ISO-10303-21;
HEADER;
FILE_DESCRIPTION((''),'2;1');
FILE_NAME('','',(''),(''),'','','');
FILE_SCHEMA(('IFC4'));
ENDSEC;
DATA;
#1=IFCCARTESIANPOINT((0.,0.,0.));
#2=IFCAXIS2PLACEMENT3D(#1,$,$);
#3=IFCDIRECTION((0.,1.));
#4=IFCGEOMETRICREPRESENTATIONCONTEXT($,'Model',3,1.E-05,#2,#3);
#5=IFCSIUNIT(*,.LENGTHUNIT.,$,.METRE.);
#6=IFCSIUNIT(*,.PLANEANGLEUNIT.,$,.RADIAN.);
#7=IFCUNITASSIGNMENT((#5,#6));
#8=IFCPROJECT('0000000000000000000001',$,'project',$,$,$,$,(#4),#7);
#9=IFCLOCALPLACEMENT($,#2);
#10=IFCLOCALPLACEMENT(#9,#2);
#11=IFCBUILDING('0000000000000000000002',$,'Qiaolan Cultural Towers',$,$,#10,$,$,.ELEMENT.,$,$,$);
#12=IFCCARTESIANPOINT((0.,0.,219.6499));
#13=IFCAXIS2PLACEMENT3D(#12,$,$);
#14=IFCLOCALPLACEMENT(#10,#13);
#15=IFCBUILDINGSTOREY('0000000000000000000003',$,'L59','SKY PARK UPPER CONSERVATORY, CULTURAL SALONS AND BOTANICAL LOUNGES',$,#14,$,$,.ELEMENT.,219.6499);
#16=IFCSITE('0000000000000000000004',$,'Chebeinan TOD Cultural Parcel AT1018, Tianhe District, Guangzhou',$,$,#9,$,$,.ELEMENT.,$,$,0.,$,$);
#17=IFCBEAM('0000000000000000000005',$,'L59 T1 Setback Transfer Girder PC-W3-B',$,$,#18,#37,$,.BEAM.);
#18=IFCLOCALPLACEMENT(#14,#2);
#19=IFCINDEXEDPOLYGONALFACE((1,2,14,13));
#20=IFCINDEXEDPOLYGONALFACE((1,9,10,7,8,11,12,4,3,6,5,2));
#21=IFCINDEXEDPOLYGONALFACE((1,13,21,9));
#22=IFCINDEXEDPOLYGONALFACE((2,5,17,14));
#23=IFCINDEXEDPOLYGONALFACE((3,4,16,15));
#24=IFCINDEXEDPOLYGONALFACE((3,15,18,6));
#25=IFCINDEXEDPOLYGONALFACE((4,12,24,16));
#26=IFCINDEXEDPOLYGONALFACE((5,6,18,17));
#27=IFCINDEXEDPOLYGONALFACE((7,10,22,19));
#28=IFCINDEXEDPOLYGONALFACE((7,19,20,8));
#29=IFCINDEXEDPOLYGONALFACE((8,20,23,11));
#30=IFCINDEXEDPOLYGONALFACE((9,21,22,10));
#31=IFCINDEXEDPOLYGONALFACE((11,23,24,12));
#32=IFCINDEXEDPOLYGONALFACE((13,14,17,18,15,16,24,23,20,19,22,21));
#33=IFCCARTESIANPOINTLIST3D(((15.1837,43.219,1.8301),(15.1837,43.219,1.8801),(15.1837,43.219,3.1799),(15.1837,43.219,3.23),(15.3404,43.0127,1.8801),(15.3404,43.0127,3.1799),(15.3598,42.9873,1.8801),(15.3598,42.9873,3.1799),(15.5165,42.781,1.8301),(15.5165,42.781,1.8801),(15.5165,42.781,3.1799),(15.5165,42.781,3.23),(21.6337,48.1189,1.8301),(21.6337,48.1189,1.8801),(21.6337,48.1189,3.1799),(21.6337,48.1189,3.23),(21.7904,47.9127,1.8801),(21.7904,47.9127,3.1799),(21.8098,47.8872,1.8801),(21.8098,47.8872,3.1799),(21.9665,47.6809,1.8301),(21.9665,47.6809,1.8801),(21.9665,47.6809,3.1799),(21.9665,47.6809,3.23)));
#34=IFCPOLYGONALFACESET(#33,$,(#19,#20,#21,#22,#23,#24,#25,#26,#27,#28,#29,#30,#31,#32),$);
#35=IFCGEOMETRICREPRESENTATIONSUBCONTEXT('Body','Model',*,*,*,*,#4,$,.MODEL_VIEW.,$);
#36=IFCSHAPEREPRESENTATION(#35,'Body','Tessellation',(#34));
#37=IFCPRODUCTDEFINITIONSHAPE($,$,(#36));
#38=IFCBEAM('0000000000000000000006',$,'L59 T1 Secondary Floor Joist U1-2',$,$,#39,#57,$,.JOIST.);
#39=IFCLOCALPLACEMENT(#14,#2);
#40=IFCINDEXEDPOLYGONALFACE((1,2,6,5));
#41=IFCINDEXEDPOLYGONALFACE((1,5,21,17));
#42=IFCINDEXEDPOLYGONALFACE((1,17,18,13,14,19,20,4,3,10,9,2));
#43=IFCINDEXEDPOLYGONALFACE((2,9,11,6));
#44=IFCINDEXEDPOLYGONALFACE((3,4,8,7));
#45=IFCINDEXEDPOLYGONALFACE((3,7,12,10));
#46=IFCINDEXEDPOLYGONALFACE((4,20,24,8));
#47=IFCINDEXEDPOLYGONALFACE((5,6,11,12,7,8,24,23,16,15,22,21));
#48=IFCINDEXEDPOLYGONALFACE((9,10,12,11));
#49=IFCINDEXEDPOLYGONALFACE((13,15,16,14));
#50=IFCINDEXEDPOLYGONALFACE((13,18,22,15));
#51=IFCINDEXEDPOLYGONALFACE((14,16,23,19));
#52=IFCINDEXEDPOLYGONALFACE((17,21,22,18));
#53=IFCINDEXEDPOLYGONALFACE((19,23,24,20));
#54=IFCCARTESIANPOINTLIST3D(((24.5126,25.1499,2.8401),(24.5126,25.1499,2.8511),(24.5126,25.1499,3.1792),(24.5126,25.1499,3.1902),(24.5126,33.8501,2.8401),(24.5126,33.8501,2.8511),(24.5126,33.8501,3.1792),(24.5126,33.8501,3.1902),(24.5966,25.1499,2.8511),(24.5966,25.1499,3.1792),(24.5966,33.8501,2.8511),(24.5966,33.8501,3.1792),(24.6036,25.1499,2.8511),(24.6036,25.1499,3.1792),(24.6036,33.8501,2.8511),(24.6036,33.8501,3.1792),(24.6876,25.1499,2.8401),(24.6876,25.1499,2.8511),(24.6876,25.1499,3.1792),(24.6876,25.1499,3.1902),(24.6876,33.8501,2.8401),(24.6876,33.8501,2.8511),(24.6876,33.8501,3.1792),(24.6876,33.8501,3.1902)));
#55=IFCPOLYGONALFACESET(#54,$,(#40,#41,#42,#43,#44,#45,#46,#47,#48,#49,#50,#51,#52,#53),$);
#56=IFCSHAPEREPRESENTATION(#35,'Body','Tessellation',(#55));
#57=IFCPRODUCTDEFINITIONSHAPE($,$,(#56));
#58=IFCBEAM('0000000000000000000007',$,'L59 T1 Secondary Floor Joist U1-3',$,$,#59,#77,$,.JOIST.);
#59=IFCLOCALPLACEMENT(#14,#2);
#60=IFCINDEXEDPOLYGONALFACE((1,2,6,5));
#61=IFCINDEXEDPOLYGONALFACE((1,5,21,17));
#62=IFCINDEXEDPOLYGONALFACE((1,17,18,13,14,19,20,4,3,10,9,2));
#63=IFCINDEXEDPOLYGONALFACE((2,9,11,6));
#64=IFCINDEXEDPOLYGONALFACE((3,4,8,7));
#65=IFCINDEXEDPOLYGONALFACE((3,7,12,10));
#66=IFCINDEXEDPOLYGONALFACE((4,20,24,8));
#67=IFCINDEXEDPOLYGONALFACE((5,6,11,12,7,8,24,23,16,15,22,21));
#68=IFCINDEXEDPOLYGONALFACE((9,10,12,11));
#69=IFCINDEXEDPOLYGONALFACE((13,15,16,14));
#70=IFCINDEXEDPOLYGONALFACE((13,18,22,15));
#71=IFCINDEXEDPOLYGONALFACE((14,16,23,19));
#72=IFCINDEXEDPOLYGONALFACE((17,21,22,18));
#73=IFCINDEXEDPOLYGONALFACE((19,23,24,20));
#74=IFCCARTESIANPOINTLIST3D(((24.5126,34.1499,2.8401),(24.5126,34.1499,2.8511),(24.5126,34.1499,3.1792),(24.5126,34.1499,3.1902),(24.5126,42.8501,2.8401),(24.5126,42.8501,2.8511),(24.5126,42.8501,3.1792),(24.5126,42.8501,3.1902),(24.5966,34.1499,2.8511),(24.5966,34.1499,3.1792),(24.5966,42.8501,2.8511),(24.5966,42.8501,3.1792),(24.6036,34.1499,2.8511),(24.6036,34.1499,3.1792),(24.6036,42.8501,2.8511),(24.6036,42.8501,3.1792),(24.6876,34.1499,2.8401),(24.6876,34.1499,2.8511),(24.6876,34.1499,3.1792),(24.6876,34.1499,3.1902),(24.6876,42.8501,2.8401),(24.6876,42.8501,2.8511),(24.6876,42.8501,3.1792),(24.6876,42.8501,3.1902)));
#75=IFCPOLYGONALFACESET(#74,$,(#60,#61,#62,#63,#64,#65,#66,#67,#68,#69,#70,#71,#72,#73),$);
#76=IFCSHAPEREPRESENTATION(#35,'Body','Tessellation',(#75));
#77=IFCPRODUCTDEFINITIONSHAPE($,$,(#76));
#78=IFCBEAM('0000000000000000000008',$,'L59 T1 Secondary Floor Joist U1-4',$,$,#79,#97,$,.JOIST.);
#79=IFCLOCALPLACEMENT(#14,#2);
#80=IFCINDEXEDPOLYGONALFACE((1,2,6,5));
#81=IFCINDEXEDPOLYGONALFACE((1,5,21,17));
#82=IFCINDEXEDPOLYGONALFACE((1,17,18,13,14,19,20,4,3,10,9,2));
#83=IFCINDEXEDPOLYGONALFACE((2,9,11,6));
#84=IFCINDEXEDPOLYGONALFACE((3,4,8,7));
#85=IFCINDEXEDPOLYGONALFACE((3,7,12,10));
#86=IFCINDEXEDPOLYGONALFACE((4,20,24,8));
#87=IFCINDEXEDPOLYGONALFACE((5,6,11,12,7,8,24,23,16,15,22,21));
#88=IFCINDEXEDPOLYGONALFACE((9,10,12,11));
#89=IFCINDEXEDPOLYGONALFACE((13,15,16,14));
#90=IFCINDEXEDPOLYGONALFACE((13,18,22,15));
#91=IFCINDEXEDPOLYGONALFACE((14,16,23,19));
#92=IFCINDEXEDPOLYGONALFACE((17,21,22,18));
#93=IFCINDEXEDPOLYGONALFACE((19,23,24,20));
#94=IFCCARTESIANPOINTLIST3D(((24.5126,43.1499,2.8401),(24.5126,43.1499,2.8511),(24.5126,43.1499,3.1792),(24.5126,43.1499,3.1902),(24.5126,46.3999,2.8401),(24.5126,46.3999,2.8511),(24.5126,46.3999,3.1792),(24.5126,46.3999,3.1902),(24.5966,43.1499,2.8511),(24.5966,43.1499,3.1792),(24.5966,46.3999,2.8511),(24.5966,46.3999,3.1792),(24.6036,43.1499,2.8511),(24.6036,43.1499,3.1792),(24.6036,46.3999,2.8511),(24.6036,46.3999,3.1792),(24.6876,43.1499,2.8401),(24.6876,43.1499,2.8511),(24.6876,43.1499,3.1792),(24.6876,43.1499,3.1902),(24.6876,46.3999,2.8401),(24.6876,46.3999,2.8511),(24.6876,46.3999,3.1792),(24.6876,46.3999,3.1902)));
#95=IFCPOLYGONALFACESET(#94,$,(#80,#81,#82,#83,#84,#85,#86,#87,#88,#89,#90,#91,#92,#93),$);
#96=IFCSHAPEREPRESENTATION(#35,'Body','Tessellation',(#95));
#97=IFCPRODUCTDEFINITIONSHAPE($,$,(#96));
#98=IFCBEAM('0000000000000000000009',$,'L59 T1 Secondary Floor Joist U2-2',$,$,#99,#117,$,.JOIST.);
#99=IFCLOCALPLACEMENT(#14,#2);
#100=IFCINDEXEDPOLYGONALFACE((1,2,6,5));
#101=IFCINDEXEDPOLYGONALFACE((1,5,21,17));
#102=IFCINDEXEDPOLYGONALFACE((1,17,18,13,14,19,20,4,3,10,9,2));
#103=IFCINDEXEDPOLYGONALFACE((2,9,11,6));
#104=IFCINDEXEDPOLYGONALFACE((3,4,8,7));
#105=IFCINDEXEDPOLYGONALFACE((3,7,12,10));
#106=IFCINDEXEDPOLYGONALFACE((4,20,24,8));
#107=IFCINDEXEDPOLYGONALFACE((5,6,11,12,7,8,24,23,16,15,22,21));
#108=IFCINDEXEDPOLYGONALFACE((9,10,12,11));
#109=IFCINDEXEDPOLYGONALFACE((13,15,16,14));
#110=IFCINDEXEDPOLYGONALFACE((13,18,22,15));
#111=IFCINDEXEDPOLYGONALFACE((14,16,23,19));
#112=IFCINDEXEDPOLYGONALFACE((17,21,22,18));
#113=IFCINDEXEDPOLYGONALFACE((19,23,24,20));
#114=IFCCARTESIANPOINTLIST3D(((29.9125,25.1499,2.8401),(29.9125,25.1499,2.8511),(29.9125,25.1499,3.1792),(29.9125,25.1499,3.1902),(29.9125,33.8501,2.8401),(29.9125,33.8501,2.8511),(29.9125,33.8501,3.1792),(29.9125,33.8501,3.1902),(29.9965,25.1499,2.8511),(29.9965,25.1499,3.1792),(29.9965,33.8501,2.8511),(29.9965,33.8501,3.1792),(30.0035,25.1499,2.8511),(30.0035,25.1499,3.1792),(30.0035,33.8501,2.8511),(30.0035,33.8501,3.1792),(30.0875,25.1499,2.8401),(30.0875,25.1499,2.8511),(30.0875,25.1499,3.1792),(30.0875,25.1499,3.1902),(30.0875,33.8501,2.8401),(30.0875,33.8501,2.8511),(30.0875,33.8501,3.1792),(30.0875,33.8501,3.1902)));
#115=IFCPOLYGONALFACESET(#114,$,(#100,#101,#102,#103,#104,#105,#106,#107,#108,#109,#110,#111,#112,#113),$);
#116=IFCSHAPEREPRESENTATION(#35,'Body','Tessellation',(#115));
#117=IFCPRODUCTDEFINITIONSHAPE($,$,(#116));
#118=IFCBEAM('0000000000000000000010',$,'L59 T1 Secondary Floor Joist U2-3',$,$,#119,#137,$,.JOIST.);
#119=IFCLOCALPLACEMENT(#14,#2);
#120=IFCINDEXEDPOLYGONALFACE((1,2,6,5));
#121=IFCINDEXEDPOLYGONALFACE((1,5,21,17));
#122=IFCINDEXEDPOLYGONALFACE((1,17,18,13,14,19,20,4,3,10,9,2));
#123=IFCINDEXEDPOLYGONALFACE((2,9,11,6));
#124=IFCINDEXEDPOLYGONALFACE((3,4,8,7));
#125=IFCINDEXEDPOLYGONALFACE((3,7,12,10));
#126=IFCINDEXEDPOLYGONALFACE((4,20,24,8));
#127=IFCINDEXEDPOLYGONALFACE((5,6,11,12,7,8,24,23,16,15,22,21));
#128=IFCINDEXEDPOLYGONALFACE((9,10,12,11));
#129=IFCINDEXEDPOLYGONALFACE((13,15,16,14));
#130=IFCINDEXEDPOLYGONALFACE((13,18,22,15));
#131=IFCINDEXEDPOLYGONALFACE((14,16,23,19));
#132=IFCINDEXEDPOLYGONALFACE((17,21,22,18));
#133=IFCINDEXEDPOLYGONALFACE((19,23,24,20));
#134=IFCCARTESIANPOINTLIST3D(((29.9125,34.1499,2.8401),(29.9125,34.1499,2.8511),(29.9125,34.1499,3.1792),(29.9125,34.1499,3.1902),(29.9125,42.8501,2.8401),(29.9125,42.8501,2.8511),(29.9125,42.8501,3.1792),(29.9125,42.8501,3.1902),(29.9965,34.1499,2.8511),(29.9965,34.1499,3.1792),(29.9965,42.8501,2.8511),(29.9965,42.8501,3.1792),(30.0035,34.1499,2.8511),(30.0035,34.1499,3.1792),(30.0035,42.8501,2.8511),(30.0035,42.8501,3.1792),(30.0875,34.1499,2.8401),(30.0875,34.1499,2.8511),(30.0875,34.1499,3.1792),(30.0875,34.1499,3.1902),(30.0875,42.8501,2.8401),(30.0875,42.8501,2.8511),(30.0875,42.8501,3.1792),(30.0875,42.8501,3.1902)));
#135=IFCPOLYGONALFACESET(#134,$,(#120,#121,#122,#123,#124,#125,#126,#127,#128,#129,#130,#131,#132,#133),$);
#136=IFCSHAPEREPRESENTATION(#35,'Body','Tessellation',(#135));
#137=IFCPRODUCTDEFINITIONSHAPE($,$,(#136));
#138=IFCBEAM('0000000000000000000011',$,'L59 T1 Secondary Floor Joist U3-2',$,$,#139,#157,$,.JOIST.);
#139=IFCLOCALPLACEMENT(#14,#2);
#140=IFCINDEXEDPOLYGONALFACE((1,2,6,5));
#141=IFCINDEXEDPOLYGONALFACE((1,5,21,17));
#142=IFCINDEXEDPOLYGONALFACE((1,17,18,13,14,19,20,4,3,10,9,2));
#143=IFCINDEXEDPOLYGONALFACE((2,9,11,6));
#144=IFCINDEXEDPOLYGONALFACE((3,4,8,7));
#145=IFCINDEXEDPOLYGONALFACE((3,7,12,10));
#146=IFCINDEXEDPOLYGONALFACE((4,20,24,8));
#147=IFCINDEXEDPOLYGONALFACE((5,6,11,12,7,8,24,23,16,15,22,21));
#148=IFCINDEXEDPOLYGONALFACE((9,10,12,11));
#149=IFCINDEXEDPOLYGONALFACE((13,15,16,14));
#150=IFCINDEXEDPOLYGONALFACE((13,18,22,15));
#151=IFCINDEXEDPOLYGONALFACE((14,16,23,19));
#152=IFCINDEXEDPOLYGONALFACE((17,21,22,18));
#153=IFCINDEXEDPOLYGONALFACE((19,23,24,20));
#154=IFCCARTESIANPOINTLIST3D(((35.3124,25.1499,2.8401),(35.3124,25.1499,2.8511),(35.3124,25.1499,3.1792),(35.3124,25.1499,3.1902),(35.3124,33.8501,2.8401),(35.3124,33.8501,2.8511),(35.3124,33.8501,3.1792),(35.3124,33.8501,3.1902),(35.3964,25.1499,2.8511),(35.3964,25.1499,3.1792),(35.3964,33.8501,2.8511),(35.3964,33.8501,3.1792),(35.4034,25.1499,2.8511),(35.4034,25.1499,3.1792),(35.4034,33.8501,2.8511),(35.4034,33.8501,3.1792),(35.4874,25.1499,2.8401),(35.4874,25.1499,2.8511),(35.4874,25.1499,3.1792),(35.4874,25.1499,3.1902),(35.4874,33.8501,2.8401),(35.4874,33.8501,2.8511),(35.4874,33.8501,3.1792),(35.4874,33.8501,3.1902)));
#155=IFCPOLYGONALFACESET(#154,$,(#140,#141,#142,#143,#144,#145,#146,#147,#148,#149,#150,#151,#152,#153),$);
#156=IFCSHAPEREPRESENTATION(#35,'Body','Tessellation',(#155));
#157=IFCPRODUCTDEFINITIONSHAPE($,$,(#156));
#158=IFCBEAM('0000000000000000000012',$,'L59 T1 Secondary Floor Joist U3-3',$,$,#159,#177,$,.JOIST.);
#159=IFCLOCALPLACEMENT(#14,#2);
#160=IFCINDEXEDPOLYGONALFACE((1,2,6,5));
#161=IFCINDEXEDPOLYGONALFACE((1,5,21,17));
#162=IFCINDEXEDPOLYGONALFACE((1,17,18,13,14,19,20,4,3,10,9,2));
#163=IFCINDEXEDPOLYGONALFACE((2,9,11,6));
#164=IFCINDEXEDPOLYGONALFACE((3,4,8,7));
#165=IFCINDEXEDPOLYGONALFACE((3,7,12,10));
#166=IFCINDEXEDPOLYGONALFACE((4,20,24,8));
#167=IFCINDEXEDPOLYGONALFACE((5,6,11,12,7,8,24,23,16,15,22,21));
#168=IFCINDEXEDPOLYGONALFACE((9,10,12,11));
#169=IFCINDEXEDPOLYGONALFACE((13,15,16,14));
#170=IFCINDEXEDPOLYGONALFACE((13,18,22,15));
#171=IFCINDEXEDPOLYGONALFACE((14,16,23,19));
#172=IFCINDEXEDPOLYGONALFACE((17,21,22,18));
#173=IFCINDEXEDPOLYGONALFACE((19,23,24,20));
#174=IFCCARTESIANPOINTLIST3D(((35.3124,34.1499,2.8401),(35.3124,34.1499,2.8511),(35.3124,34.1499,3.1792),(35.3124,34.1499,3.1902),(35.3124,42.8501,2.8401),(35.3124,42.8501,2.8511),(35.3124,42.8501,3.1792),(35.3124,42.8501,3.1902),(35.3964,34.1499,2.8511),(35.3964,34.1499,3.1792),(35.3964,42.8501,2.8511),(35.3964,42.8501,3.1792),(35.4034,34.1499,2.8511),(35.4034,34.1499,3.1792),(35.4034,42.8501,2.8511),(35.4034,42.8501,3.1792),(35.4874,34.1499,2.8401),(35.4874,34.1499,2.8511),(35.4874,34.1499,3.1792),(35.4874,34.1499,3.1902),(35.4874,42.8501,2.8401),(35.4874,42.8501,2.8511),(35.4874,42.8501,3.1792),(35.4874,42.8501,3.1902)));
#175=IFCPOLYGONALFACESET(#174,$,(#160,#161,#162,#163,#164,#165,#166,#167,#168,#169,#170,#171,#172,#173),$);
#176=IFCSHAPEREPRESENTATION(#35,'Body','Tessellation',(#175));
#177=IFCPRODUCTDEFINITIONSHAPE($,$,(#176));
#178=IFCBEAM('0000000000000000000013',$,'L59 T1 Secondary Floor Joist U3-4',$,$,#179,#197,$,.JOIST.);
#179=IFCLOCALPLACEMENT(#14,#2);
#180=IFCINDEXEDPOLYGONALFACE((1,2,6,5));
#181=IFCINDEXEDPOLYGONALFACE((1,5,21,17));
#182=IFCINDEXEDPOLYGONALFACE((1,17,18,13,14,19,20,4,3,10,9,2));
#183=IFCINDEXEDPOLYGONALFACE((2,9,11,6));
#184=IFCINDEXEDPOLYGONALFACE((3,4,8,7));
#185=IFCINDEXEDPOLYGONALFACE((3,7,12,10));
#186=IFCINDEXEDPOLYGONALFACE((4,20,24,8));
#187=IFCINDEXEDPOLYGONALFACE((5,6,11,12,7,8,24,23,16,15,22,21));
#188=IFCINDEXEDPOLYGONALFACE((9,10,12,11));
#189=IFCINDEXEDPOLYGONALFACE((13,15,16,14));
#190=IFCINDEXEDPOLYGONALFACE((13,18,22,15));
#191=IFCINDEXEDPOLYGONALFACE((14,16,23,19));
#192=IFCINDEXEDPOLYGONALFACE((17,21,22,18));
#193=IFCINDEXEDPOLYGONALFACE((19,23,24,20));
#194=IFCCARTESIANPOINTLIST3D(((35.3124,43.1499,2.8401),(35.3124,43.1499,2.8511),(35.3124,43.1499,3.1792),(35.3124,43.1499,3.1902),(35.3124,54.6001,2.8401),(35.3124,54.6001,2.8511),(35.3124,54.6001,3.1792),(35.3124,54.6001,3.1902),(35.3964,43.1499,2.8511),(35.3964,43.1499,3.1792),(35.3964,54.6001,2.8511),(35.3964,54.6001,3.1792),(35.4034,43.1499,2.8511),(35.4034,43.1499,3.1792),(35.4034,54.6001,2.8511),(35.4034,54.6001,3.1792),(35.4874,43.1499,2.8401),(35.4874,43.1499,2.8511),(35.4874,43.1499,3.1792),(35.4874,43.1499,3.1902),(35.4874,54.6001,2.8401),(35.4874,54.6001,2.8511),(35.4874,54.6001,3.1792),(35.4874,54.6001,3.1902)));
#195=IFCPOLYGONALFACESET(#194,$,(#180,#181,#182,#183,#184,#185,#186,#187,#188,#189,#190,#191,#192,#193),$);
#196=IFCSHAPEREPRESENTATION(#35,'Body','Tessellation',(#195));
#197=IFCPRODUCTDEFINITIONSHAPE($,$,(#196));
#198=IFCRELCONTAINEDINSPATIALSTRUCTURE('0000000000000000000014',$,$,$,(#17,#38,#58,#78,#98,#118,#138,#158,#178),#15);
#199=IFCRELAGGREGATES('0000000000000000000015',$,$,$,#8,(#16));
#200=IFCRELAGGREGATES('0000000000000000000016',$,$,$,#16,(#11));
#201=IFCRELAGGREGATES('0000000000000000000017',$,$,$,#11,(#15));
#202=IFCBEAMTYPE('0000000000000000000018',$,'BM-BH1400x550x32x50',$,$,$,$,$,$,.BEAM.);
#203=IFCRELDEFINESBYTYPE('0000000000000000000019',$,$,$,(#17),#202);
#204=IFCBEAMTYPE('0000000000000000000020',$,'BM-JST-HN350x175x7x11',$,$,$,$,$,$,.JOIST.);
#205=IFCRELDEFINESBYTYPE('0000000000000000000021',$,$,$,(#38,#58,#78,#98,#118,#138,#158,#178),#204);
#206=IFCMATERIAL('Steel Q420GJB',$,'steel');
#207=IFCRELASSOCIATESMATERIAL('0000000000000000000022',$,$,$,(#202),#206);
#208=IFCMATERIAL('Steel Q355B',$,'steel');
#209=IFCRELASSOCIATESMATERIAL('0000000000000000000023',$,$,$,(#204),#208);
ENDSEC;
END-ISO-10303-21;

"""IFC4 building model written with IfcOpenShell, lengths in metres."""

from ifc_helpers import new_model, si_unit, direction, frame, origin, origin_2d, place, context, subcontext, project, spatial, i_section, extrude, material, material_profile, profile_set, type_object, element, save


model = new_model("IFC4")

# Units and contexts
model_context = context("Model", 3, precision=1e-05, world=origin(), true_north=direction((0.0, 1.0)))
body_context = subcontext(model_context, "Body", "Model", "MODEL_VIEW")
ifc_project = project(units=[si_unit("LENGTHUNIT", "METRE"), si_unit("PLANEANGLEUNIT", "RADIAN")], contexts=[model_context])

# Site, building, storey
site_placement = place(None, origin())
site = spatial("IfcSite", under=ifc_project, at=site_placement, Name="Chebeinan TOD Cultural Parcel AT1018, Tianhe District, Guangzhou", CompositionType="ELEMENT", RefElevation=0.0)
building_placement = place(site_placement, origin())
building = spatial("IfcBuilding", under=site, at=building_placement, Name="Qiaolan Cultural Towers", CompositionType="ELEMENT")
storey_placement = place(building_placement, frame((0.0, 0.0, 219.6499)))
storey = spatial("IfcBuildingStorey", under=building, at=storey_placement, Name="L59", Description="SKY PARK UPPER CONSERVATORY, CULTURAL SALONS AND BOTANICAL LOUNGES", CompositionType="ELEMENT", Elevation=219.6499)

# Beams
ifc_material_1 = material(Name="Steel Q420GJB", Category="steel")
ifc_material_profile_1 = material_profile(ifc_material_1, i_section(OverallWidth=0.55, OverallDepth=1.3999, WebThickness=0.032, FlangeThickness=0.05, at=origin_2d()), Name="BH1400x550x32x50")
ifc_profile_set_1 = profile_set([ifc_material_profile_1], Name="Steel Q420GJB")
beam_type_1 = type_object("IfcBeamType", Name="BM-BH1400x550x32x50", PredefinedType="BEAM", material=ifc_profile_set_1)
beam_1_placement = place(storey_placement, frame((15.3501, 43.0, 2.53), z_axis=(0.796285, 0.604922, 0.0), x_axis=(-0.604922, 0.796285, 0.0)))
element("IfcBeam", 1, at=beam_1_placement, inside=storey, type_object=beam_type_1, Name="L59 T1 Setback Transfer Girder PC-W3-B", PredefinedType="BEAM", context=body_context, shape_type="SweptSolid", body=[
    extrude(i_section(OverallWidth=0.55, OverallDepth=1.3999, WebThickness=0.032, FlangeThickness=0.05, at=origin_2d()), origin(), (0.0, 0.0, 1.0), 8.1001),
])
ifc_material_2 = material(Name="Steel Q355B", Category="steel")
ifc_material_profile_2 = material_profile(ifc_material_2, i_section(OverallWidth=0.175, OverallDepth=0.3501, WebThickness=0.0071, FlangeThickness=0.011, at=origin_2d()), Name="HN350x175x7x11")
ifc_profile_set_2 = profile_set([ifc_material_profile_2], Name="Steel Q355B")
beam_type_2 = type_object("IfcBeamType", Name="BM-JST-HN350x175x7x11", PredefinedType="JOIST", material=ifc_profile_set_2)
for number, where, z_axis, x_axis, name in (
    (2, (24.6001, 25.1499, 3.0151), (0.0, 1.0, 0.0), (-1.0, 0.0, 0.0), "L59 T1 Secondary Floor Joist U1-2"),
    (3, (24.6001, 34.1499, 3.0151), (0.0, 1.0, 0.0), (-1.0, 0.0, 0.0), "L59 T1 Secondary Floor Joist U1-3"),
):
    element("IfcBeam", number, at=place(storey_placement, frame(where, z_axis=z_axis, x_axis=x_axis)), inside=storey, type_object=beam_type_2, Name=name, PredefinedType="JOIST", context=body_context, shape_type="SweptSolid", body=[
        extrude(i_section(OverallWidth=0.175, OverallDepth=0.3501, WebThickness=0.0071, FlangeThickness=0.011, at=origin_2d()), origin(), (0.0, 0.0, 1.0), 8.7002),
    ])
beam_2_placement = place(storey_placement, frame((24.6001, 43.1499, 3.0151), z_axis=(0.0, 1.0, 0.0), x_axis=(-1.0, 0.0, 0.0)))
element("IfcBeam", 4, at=beam_2_placement, inside=storey, type_object=beam_type_2, Name="L59 T1 Secondary Floor Joist U1-4", PredefinedType="JOIST", context=body_context, shape_type="SweptSolid", body=[
    extrude(i_section(OverallWidth=0.175, OverallDepth=0.3501, WebThickness=0.0071, FlangeThickness=0.011, at=origin_2d()), origin(), (0.0, 0.0, 1.0), 3.25),
])
for number, where, z_axis, x_axis, name in (
    (5, (30.0, 25.1499, 3.0151), (0.0, 1.0, 0.0), (-1.0, 0.0, 0.0), "L59 T1 Secondary Floor Joist U2-2"),
    (6, (30.0, 34.1499, 3.0151), (0.0, 1.0, 0.0), (-1.0, 0.0, 0.0), "L59 T1 Secondary Floor Joist U2-3"),
    (7, (35.3999, 25.1499, 3.0151), (0.0, 1.0, 0.0), (-1.0, 0.0, 0.0), "L59 T1 Secondary Floor Joist U3-2"),
    (8, (35.3999, 34.1499, 3.0151), (0.0, 1.0, 0.0), (-1.0, 0.0, 0.0), "L59 T1 Secondary Floor Joist U3-3"),
):
    element("IfcBeam", number, at=place(storey_placement, frame(where, z_axis=z_axis, x_axis=x_axis)), inside=storey, type_object=beam_type_2, Name=name, PredefinedType="JOIST", context=body_context, shape_type="SweptSolid", body=[
        extrude(i_section(OverallWidth=0.175, OverallDepth=0.3501, WebThickness=0.0071, FlangeThickness=0.011, at=origin_2d()), origin(), (0.0, 0.0, 1.0), 8.7002),
    ])
beam_3_placement = place(storey_placement, frame((35.3999, 43.1499, 3.0151), z_axis=(0.0, 1.0, 0.0), x_axis=(-1.0, 0.0, 0.0)))
element("IfcBeam", 9, at=beam_3_placement, inside=storey, type_object=beam_type_2, Name="L59 T1 Secondary Floor Joist U3-4", PredefinedType="JOIST", context=body_context, shape_type="SweptSolid", body=[
    extrude(i_section(OverallWidth=0.175, OverallDepth=0.3501, WebThickness=0.0071, FlangeThickness=0.011, at=origin_2d()), origin(), (0.0, 0.0, 1.0), 11.4502),
])

save(model, "model.ifc")
